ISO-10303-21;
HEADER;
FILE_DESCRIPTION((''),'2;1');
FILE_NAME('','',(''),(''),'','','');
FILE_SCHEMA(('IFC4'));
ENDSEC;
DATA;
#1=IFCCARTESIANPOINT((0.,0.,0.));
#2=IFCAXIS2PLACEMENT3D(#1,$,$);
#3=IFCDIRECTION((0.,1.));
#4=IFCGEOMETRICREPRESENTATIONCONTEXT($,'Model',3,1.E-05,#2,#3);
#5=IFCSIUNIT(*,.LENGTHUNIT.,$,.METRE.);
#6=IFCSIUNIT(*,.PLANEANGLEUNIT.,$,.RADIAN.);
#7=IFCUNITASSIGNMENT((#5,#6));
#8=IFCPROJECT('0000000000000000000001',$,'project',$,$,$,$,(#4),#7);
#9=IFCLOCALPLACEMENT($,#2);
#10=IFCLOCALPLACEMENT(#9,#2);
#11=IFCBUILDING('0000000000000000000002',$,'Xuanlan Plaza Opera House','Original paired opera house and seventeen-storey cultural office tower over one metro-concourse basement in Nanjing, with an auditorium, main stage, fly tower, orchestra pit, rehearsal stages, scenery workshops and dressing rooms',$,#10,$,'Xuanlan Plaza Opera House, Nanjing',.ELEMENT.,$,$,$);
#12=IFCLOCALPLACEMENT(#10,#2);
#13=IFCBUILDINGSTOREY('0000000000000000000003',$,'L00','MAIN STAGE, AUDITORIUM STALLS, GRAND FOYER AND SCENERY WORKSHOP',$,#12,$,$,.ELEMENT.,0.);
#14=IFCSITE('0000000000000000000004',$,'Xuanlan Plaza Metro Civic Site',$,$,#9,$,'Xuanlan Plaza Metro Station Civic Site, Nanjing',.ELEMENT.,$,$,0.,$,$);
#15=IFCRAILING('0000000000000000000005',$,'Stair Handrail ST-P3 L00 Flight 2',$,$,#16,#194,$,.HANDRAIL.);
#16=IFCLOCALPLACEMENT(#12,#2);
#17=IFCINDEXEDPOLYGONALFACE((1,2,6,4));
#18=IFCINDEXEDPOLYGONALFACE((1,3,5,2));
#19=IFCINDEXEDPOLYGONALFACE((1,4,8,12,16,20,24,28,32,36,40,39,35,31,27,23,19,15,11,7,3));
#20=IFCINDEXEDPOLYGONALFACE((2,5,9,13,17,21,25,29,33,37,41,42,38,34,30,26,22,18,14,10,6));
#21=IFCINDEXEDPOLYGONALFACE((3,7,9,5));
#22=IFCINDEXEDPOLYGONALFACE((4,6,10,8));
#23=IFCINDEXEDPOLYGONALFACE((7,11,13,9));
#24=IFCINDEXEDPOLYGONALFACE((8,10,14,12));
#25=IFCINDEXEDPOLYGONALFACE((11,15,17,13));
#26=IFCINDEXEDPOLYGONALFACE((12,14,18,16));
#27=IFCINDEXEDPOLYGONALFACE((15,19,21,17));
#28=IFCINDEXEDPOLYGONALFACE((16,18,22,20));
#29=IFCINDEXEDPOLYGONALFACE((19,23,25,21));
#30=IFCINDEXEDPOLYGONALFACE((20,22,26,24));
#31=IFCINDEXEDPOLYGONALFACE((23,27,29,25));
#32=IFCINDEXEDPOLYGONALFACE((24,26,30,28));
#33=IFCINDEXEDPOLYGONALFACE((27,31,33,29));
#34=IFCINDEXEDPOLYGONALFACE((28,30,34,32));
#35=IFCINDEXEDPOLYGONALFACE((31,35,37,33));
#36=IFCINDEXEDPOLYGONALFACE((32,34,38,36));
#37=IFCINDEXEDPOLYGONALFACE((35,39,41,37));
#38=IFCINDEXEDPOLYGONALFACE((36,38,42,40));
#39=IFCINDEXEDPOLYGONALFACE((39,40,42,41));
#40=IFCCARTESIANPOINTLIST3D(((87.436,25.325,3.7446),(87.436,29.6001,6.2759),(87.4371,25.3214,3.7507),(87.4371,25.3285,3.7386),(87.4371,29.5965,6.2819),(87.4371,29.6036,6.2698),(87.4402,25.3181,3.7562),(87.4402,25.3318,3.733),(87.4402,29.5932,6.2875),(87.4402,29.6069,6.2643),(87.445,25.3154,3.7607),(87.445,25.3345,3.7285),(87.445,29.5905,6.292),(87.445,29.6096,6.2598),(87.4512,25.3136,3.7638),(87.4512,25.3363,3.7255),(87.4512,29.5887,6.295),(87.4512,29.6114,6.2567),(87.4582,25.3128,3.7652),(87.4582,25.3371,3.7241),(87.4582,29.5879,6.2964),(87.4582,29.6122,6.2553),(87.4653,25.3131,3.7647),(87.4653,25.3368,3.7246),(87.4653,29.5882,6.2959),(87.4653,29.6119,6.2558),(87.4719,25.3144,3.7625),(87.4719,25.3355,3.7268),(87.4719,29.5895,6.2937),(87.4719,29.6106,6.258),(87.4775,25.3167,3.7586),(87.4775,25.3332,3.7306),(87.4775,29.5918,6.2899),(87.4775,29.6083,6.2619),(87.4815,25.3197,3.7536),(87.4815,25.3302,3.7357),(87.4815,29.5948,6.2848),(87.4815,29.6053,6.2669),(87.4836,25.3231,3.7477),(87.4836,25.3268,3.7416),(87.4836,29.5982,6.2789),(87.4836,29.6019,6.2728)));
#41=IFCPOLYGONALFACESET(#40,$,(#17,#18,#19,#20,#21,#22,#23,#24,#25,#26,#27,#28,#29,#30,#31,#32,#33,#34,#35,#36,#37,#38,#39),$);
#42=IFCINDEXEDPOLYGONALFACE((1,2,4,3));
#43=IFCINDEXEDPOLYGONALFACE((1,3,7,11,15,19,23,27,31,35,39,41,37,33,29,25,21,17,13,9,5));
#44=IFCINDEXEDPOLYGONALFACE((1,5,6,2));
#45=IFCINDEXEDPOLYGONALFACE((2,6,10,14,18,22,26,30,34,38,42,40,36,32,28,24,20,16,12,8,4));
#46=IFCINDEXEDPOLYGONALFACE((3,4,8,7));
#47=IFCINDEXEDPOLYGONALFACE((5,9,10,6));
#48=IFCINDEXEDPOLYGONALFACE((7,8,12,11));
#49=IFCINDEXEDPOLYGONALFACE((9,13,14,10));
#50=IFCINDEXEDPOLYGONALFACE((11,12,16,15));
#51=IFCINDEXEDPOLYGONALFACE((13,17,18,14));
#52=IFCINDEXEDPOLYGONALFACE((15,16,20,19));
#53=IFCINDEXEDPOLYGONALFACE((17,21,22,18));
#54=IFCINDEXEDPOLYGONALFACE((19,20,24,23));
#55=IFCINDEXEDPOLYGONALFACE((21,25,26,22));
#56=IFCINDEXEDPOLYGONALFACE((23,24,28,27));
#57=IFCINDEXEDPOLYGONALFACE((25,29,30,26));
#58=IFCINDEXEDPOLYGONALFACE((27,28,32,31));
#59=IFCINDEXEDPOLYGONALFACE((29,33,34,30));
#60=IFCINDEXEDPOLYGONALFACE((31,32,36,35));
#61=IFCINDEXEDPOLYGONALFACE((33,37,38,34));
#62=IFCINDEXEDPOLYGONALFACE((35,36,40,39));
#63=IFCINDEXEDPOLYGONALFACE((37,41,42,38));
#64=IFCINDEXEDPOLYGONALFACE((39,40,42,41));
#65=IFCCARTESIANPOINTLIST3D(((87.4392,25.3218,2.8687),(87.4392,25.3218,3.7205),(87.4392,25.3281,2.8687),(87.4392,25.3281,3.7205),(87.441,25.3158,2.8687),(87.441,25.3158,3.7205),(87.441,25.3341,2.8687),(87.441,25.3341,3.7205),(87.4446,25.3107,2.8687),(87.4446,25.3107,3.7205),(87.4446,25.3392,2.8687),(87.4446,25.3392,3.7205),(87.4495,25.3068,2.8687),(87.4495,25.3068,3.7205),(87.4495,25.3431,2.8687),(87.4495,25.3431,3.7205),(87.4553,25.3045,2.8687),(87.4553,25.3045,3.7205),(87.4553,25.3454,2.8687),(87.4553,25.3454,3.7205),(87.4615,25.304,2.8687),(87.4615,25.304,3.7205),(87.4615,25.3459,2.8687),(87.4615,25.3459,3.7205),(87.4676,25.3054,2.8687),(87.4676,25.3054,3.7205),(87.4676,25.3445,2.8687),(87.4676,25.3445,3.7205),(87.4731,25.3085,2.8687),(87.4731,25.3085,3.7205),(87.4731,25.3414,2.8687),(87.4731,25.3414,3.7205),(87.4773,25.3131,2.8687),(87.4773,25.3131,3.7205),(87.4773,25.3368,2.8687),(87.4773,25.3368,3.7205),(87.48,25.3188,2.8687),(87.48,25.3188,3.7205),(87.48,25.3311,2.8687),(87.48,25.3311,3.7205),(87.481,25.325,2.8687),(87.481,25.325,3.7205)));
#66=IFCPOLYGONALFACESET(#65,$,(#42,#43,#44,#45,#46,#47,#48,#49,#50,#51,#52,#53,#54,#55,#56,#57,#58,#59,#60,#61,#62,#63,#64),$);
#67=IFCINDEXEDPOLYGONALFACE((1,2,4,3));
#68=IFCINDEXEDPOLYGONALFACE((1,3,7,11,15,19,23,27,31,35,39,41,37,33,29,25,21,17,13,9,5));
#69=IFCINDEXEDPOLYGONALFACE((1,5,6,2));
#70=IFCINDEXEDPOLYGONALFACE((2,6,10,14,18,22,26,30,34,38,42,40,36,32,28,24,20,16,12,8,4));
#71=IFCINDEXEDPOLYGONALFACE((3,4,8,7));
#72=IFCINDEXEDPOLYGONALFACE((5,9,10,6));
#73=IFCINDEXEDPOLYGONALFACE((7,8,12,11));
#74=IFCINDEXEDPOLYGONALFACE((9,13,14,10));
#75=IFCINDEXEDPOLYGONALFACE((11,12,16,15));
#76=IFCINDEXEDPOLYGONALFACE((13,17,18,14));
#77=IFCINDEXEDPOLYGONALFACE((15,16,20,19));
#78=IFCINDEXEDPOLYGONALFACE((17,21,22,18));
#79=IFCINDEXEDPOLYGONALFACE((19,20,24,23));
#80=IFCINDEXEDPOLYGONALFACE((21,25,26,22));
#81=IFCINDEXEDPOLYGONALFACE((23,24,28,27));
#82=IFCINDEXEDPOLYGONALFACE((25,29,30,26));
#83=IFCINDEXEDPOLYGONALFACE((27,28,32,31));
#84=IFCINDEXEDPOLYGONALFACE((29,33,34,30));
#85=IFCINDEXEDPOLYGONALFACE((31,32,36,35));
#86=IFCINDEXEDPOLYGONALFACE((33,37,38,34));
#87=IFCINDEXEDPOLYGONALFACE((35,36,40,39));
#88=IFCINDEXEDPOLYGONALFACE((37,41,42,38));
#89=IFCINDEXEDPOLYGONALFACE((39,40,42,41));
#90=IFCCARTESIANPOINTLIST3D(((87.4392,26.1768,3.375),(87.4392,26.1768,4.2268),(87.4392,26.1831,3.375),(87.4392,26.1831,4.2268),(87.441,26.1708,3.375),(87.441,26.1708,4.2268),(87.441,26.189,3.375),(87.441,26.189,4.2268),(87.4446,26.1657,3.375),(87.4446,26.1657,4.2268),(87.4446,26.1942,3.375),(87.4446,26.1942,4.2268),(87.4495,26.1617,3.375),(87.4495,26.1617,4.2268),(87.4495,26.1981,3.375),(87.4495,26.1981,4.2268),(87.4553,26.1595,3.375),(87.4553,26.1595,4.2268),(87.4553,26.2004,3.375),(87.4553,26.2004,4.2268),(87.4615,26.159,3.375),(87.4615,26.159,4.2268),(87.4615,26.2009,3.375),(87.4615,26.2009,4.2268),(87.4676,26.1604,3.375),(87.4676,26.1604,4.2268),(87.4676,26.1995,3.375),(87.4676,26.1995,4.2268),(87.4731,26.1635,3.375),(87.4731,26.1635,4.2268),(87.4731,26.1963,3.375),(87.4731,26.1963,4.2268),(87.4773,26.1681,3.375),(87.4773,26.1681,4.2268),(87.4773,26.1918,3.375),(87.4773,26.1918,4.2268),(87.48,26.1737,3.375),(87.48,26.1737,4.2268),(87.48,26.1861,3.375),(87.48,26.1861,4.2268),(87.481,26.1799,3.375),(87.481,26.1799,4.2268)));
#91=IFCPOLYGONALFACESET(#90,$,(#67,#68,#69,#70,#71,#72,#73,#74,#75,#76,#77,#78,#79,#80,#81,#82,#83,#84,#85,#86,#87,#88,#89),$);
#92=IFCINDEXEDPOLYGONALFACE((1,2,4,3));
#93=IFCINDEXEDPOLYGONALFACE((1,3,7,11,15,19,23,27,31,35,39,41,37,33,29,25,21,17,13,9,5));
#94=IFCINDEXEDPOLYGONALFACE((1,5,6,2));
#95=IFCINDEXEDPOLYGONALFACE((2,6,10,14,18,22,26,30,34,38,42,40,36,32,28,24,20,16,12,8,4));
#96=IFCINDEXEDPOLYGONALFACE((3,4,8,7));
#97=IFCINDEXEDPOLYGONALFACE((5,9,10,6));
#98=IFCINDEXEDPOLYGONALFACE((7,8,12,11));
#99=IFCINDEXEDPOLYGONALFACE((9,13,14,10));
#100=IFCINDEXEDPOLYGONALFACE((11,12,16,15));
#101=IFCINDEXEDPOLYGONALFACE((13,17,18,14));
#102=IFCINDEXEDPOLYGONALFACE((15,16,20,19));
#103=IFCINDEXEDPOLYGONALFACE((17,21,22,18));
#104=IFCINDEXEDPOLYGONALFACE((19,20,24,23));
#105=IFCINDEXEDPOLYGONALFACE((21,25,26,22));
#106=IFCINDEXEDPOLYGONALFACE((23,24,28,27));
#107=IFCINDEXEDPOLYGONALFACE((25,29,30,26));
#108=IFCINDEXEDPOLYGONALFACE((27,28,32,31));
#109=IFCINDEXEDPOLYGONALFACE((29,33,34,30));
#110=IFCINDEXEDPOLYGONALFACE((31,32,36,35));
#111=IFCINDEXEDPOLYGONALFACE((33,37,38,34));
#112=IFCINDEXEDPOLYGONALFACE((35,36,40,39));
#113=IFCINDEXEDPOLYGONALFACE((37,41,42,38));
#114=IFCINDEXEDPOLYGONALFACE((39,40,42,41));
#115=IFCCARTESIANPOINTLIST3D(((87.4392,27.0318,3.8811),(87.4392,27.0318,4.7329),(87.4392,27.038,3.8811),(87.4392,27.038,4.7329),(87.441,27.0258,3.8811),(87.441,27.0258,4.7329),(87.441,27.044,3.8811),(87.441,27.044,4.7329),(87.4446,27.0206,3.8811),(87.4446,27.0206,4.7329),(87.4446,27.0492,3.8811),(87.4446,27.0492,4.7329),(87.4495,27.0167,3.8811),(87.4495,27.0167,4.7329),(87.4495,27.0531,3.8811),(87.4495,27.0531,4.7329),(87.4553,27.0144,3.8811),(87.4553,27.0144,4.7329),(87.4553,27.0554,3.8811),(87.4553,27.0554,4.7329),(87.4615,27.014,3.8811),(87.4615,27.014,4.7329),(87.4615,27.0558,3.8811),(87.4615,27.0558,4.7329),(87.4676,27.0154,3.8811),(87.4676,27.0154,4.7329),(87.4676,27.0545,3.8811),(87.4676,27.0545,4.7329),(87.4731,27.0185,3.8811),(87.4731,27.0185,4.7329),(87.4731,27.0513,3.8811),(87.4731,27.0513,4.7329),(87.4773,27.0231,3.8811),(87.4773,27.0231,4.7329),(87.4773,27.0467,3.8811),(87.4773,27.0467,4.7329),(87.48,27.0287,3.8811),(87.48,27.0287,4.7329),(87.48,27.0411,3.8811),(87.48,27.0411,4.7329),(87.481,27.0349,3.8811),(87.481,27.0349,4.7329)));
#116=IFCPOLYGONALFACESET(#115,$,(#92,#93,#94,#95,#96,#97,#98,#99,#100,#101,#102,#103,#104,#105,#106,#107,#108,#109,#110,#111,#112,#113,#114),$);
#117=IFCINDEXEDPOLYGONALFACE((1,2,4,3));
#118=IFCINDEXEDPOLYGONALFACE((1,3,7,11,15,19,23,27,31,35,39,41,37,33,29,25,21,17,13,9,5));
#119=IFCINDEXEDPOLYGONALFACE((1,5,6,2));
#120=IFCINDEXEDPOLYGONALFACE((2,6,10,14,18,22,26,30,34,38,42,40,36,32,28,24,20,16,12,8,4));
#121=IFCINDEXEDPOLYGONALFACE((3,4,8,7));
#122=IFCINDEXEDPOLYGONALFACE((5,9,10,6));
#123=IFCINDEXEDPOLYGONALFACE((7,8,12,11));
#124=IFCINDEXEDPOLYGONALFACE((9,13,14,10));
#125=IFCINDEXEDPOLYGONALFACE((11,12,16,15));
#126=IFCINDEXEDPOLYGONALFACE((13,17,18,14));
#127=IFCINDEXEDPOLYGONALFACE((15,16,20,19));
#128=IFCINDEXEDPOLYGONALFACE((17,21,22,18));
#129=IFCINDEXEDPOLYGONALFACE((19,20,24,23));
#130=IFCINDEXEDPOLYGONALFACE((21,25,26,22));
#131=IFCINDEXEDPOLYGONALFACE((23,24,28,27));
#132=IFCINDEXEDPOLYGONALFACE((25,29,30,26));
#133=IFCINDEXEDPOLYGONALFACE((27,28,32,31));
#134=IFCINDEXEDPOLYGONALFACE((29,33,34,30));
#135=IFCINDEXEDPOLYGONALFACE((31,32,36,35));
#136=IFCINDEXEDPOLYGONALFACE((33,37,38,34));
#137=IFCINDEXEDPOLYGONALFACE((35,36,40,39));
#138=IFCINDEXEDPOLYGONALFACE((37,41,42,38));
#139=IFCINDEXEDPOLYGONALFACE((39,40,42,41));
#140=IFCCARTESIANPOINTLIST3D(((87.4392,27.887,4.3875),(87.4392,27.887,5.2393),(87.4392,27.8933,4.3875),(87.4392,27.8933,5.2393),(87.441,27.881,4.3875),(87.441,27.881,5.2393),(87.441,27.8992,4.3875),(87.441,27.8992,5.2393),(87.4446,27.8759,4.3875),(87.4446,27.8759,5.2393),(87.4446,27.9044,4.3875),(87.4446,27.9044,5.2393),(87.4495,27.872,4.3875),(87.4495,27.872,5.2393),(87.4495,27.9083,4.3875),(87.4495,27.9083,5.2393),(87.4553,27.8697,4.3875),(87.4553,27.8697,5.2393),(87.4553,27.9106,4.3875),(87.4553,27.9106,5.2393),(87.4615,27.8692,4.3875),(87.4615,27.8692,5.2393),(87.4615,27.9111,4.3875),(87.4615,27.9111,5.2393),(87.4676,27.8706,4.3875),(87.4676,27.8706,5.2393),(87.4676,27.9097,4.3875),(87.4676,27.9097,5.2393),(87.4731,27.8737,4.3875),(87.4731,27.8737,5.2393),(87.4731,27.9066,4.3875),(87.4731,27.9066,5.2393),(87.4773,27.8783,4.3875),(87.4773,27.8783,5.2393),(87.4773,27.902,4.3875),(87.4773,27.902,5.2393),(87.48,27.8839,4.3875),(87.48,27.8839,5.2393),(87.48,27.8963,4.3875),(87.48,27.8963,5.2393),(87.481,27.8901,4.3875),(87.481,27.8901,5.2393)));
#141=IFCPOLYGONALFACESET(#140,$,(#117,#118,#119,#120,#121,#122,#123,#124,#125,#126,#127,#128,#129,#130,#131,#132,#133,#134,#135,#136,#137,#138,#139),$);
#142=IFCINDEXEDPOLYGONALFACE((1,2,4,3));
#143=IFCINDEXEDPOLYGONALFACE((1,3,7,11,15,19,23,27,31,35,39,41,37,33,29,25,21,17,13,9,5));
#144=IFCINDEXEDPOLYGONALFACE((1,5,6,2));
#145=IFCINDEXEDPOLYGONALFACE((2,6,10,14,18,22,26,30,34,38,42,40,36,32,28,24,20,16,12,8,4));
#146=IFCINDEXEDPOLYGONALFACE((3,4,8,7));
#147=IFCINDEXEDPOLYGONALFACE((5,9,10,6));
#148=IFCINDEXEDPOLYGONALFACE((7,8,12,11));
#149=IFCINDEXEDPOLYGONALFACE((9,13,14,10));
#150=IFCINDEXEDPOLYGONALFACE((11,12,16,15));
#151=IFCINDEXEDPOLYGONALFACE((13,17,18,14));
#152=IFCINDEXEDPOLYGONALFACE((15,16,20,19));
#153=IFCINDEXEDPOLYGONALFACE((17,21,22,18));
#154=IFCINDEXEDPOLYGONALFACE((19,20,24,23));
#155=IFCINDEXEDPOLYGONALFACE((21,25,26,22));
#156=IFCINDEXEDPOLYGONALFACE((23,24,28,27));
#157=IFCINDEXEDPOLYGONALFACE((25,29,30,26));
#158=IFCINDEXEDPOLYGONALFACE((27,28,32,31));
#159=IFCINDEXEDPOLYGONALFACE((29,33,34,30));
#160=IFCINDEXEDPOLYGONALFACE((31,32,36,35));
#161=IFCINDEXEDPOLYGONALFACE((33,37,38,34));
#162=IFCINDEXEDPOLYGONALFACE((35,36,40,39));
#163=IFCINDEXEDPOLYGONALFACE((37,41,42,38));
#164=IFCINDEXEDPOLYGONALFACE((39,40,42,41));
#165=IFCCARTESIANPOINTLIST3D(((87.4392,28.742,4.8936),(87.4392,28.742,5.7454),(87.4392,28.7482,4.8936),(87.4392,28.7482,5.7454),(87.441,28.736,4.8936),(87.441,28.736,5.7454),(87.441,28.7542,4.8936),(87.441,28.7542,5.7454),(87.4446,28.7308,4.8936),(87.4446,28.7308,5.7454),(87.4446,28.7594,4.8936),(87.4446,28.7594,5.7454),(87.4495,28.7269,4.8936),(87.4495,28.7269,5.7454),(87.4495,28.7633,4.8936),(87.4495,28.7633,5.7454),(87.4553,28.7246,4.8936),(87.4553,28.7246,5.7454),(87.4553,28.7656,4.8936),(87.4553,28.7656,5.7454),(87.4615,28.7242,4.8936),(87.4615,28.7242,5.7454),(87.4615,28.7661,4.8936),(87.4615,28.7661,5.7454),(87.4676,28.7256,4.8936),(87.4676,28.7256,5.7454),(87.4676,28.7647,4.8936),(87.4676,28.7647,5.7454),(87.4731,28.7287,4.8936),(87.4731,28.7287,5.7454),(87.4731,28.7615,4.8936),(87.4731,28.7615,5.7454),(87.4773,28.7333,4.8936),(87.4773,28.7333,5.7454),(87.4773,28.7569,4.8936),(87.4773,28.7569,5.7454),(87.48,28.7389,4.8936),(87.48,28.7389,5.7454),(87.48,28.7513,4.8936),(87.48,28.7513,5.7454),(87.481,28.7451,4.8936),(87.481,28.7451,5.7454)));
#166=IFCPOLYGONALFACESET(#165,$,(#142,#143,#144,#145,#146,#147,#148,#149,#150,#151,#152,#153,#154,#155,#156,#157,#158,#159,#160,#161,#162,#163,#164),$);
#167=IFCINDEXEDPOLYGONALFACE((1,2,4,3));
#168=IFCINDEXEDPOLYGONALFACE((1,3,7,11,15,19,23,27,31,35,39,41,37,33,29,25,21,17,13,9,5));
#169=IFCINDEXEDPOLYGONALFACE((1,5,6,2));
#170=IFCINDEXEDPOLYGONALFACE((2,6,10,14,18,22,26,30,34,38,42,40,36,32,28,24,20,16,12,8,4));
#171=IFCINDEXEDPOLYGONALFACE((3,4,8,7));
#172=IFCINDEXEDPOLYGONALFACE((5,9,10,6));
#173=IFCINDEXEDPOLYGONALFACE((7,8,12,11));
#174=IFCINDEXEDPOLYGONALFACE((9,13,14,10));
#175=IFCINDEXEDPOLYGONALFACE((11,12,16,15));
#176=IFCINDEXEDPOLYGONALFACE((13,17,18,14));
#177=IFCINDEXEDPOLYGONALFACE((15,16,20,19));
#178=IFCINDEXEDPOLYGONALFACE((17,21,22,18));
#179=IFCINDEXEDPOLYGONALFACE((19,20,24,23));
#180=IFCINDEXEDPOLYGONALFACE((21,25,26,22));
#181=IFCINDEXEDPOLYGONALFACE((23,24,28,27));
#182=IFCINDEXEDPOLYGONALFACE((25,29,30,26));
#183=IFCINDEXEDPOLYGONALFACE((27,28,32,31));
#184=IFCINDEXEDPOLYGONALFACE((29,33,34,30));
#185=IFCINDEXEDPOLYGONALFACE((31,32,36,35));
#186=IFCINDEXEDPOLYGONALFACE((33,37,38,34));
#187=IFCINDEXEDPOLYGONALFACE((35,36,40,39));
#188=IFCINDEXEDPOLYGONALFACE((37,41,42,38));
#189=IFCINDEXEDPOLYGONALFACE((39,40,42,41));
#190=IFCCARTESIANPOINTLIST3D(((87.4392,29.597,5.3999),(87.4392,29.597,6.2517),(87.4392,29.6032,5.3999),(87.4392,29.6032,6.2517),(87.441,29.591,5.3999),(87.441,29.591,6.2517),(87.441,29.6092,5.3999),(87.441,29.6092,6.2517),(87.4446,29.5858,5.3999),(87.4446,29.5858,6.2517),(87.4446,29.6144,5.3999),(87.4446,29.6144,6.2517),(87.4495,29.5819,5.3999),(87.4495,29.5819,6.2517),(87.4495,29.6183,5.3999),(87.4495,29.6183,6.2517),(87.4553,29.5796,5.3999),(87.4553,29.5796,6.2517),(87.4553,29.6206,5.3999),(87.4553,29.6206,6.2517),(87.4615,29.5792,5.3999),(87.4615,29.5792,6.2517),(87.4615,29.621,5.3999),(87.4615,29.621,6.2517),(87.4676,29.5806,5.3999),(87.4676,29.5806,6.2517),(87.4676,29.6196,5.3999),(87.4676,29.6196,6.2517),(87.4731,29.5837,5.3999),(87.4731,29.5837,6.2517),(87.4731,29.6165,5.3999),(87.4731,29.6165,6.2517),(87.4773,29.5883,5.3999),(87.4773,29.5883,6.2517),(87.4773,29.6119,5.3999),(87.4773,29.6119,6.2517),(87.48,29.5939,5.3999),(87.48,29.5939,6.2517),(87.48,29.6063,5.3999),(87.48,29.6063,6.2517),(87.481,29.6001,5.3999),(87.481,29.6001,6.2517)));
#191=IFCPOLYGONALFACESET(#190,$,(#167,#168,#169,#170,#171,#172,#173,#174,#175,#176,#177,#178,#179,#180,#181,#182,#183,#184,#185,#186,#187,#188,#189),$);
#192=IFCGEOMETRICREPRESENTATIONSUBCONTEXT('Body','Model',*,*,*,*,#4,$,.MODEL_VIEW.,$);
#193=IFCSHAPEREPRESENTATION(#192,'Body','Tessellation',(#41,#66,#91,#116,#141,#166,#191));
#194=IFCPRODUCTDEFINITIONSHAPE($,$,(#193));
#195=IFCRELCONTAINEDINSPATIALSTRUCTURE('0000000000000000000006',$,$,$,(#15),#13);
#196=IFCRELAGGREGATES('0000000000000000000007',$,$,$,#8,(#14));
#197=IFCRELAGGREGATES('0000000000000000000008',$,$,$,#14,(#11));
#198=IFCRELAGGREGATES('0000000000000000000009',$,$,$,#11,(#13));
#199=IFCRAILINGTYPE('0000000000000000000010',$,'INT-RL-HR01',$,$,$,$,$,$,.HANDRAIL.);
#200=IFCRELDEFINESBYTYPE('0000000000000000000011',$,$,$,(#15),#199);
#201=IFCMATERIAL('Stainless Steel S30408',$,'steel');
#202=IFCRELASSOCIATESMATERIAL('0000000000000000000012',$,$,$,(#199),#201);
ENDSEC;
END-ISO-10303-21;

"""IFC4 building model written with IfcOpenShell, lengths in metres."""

from ifc_helpers import new_model, si_unit, direction, frame, origin, origin_2d, place, context, subcontext, project, spatial, circle, extrude, material, type_object, element, save


model = new_model("IFC4")

# Units and contexts
model_context = context("Model", 3, precision=1e-05, world=origin(), true_north=direction((0.0, 1.0)))
body_context = subcontext(model_context, "Body", "Model", "MODEL_VIEW")
ifc_project = project(units=[si_unit("LENGTHUNIT", "METRE"), si_unit("PLANEANGLEUNIT", "RADIAN")], contexts=[model_context])

# Site, building, storey
site_placement = place(None, origin())
site = spatial("IfcSite", under=ifc_project, at=site_placement, Name="Xuanlan Plaza Metro Civic Site", LongName="Xuanlan Plaza Metro Station Civic Site, Nanjing", CompositionType="ELEMENT", RefElevation=0.0)
building_placement = place(site_placement, origin())
building = spatial("IfcBuilding", under=site, at=building_placement, Name="Xuanlan Plaza Opera House", Description="Original paired opera house and seventeen-storey cultural office tower over one metro-concourse basement in Nanjing, with an auditorium, main stage, fly tower, orchestra pit, rehearsal stages, scenery workshops and dressing rooms", LongName="Xuanlan Plaza Opera House, Nanjing", CompositionType="ELEMENT")
storey_placement = place(building_placement, origin())
storey = spatial("IfcBuildingStorey", under=building, at=storey_placement, Name="L00", Description="MAIN STAGE, AUDITORIUM STALLS, GRAND FOYER AND SCENERY WORKSHOP", CompositionType="ELEMENT", Elevation=0.0)

# Railing
ifc_material_1 = material(Name="Stainless Steel S30408", Category="steel")
railing_type = type_object("IfcRailingType", Name="INT-RL-HR01", PredefinedType="HANDRAIL", material=ifc_material_1)
railing_placement = place(storey_placement, frame((87.46, 25.325, 2.8687)))
element("IfcRailing", 1, at=railing_placement, inside=storey, type_object=railing_type, Name="Stair Handrail ST-P3 L00 Flight 2", PredefinedType="HANDRAIL", context=body_context, shape_type="SweptSolid", body=[
    extrude(circle(Radius=0.0239, at=origin_2d()), frame((0.0, 0.0, 0.876), z_axis=(0.0, 0.860483, 0.509479), x_axis=(-1.0, 0.0, 0.0)), (0.0, 0.0, 1.0), 4.9683),
    extrude(circle(Radius=0.021, at=origin_2d()), origin(), (0.0, 0.0, 1.0), 0.8518),
    extrude(circle(Radius=0.021, at=origin_2d()), frame((0.0, 0.855, 0.5063)), (0.0, 0.0, 1.0), 0.8518),
    extrude(circle(Radius=0.021, at=origin_2d()), frame((0.0, 1.71, 1.0125)), (0.0, 0.0, 1.0), 0.8518),
    extrude(circle(Radius=0.021, at=origin_2d()), frame((0.0, 2.5652, 1.5188)), (0.0, 0.0, 1.0), 0.8518),
    extrude(circle(Radius=0.021, at=origin_2d()), frame((0.0, 3.4202, 2.0249)), (0.0, 0.0, 1.0), 0.8518),
    extrude(circle(Radius=0.021, at=origin_2d()), frame((0.0, 4.2751, 2.5312)), (0.0, 0.0, 1.0), 0.8518),
])

save(model, "model.ifc")
